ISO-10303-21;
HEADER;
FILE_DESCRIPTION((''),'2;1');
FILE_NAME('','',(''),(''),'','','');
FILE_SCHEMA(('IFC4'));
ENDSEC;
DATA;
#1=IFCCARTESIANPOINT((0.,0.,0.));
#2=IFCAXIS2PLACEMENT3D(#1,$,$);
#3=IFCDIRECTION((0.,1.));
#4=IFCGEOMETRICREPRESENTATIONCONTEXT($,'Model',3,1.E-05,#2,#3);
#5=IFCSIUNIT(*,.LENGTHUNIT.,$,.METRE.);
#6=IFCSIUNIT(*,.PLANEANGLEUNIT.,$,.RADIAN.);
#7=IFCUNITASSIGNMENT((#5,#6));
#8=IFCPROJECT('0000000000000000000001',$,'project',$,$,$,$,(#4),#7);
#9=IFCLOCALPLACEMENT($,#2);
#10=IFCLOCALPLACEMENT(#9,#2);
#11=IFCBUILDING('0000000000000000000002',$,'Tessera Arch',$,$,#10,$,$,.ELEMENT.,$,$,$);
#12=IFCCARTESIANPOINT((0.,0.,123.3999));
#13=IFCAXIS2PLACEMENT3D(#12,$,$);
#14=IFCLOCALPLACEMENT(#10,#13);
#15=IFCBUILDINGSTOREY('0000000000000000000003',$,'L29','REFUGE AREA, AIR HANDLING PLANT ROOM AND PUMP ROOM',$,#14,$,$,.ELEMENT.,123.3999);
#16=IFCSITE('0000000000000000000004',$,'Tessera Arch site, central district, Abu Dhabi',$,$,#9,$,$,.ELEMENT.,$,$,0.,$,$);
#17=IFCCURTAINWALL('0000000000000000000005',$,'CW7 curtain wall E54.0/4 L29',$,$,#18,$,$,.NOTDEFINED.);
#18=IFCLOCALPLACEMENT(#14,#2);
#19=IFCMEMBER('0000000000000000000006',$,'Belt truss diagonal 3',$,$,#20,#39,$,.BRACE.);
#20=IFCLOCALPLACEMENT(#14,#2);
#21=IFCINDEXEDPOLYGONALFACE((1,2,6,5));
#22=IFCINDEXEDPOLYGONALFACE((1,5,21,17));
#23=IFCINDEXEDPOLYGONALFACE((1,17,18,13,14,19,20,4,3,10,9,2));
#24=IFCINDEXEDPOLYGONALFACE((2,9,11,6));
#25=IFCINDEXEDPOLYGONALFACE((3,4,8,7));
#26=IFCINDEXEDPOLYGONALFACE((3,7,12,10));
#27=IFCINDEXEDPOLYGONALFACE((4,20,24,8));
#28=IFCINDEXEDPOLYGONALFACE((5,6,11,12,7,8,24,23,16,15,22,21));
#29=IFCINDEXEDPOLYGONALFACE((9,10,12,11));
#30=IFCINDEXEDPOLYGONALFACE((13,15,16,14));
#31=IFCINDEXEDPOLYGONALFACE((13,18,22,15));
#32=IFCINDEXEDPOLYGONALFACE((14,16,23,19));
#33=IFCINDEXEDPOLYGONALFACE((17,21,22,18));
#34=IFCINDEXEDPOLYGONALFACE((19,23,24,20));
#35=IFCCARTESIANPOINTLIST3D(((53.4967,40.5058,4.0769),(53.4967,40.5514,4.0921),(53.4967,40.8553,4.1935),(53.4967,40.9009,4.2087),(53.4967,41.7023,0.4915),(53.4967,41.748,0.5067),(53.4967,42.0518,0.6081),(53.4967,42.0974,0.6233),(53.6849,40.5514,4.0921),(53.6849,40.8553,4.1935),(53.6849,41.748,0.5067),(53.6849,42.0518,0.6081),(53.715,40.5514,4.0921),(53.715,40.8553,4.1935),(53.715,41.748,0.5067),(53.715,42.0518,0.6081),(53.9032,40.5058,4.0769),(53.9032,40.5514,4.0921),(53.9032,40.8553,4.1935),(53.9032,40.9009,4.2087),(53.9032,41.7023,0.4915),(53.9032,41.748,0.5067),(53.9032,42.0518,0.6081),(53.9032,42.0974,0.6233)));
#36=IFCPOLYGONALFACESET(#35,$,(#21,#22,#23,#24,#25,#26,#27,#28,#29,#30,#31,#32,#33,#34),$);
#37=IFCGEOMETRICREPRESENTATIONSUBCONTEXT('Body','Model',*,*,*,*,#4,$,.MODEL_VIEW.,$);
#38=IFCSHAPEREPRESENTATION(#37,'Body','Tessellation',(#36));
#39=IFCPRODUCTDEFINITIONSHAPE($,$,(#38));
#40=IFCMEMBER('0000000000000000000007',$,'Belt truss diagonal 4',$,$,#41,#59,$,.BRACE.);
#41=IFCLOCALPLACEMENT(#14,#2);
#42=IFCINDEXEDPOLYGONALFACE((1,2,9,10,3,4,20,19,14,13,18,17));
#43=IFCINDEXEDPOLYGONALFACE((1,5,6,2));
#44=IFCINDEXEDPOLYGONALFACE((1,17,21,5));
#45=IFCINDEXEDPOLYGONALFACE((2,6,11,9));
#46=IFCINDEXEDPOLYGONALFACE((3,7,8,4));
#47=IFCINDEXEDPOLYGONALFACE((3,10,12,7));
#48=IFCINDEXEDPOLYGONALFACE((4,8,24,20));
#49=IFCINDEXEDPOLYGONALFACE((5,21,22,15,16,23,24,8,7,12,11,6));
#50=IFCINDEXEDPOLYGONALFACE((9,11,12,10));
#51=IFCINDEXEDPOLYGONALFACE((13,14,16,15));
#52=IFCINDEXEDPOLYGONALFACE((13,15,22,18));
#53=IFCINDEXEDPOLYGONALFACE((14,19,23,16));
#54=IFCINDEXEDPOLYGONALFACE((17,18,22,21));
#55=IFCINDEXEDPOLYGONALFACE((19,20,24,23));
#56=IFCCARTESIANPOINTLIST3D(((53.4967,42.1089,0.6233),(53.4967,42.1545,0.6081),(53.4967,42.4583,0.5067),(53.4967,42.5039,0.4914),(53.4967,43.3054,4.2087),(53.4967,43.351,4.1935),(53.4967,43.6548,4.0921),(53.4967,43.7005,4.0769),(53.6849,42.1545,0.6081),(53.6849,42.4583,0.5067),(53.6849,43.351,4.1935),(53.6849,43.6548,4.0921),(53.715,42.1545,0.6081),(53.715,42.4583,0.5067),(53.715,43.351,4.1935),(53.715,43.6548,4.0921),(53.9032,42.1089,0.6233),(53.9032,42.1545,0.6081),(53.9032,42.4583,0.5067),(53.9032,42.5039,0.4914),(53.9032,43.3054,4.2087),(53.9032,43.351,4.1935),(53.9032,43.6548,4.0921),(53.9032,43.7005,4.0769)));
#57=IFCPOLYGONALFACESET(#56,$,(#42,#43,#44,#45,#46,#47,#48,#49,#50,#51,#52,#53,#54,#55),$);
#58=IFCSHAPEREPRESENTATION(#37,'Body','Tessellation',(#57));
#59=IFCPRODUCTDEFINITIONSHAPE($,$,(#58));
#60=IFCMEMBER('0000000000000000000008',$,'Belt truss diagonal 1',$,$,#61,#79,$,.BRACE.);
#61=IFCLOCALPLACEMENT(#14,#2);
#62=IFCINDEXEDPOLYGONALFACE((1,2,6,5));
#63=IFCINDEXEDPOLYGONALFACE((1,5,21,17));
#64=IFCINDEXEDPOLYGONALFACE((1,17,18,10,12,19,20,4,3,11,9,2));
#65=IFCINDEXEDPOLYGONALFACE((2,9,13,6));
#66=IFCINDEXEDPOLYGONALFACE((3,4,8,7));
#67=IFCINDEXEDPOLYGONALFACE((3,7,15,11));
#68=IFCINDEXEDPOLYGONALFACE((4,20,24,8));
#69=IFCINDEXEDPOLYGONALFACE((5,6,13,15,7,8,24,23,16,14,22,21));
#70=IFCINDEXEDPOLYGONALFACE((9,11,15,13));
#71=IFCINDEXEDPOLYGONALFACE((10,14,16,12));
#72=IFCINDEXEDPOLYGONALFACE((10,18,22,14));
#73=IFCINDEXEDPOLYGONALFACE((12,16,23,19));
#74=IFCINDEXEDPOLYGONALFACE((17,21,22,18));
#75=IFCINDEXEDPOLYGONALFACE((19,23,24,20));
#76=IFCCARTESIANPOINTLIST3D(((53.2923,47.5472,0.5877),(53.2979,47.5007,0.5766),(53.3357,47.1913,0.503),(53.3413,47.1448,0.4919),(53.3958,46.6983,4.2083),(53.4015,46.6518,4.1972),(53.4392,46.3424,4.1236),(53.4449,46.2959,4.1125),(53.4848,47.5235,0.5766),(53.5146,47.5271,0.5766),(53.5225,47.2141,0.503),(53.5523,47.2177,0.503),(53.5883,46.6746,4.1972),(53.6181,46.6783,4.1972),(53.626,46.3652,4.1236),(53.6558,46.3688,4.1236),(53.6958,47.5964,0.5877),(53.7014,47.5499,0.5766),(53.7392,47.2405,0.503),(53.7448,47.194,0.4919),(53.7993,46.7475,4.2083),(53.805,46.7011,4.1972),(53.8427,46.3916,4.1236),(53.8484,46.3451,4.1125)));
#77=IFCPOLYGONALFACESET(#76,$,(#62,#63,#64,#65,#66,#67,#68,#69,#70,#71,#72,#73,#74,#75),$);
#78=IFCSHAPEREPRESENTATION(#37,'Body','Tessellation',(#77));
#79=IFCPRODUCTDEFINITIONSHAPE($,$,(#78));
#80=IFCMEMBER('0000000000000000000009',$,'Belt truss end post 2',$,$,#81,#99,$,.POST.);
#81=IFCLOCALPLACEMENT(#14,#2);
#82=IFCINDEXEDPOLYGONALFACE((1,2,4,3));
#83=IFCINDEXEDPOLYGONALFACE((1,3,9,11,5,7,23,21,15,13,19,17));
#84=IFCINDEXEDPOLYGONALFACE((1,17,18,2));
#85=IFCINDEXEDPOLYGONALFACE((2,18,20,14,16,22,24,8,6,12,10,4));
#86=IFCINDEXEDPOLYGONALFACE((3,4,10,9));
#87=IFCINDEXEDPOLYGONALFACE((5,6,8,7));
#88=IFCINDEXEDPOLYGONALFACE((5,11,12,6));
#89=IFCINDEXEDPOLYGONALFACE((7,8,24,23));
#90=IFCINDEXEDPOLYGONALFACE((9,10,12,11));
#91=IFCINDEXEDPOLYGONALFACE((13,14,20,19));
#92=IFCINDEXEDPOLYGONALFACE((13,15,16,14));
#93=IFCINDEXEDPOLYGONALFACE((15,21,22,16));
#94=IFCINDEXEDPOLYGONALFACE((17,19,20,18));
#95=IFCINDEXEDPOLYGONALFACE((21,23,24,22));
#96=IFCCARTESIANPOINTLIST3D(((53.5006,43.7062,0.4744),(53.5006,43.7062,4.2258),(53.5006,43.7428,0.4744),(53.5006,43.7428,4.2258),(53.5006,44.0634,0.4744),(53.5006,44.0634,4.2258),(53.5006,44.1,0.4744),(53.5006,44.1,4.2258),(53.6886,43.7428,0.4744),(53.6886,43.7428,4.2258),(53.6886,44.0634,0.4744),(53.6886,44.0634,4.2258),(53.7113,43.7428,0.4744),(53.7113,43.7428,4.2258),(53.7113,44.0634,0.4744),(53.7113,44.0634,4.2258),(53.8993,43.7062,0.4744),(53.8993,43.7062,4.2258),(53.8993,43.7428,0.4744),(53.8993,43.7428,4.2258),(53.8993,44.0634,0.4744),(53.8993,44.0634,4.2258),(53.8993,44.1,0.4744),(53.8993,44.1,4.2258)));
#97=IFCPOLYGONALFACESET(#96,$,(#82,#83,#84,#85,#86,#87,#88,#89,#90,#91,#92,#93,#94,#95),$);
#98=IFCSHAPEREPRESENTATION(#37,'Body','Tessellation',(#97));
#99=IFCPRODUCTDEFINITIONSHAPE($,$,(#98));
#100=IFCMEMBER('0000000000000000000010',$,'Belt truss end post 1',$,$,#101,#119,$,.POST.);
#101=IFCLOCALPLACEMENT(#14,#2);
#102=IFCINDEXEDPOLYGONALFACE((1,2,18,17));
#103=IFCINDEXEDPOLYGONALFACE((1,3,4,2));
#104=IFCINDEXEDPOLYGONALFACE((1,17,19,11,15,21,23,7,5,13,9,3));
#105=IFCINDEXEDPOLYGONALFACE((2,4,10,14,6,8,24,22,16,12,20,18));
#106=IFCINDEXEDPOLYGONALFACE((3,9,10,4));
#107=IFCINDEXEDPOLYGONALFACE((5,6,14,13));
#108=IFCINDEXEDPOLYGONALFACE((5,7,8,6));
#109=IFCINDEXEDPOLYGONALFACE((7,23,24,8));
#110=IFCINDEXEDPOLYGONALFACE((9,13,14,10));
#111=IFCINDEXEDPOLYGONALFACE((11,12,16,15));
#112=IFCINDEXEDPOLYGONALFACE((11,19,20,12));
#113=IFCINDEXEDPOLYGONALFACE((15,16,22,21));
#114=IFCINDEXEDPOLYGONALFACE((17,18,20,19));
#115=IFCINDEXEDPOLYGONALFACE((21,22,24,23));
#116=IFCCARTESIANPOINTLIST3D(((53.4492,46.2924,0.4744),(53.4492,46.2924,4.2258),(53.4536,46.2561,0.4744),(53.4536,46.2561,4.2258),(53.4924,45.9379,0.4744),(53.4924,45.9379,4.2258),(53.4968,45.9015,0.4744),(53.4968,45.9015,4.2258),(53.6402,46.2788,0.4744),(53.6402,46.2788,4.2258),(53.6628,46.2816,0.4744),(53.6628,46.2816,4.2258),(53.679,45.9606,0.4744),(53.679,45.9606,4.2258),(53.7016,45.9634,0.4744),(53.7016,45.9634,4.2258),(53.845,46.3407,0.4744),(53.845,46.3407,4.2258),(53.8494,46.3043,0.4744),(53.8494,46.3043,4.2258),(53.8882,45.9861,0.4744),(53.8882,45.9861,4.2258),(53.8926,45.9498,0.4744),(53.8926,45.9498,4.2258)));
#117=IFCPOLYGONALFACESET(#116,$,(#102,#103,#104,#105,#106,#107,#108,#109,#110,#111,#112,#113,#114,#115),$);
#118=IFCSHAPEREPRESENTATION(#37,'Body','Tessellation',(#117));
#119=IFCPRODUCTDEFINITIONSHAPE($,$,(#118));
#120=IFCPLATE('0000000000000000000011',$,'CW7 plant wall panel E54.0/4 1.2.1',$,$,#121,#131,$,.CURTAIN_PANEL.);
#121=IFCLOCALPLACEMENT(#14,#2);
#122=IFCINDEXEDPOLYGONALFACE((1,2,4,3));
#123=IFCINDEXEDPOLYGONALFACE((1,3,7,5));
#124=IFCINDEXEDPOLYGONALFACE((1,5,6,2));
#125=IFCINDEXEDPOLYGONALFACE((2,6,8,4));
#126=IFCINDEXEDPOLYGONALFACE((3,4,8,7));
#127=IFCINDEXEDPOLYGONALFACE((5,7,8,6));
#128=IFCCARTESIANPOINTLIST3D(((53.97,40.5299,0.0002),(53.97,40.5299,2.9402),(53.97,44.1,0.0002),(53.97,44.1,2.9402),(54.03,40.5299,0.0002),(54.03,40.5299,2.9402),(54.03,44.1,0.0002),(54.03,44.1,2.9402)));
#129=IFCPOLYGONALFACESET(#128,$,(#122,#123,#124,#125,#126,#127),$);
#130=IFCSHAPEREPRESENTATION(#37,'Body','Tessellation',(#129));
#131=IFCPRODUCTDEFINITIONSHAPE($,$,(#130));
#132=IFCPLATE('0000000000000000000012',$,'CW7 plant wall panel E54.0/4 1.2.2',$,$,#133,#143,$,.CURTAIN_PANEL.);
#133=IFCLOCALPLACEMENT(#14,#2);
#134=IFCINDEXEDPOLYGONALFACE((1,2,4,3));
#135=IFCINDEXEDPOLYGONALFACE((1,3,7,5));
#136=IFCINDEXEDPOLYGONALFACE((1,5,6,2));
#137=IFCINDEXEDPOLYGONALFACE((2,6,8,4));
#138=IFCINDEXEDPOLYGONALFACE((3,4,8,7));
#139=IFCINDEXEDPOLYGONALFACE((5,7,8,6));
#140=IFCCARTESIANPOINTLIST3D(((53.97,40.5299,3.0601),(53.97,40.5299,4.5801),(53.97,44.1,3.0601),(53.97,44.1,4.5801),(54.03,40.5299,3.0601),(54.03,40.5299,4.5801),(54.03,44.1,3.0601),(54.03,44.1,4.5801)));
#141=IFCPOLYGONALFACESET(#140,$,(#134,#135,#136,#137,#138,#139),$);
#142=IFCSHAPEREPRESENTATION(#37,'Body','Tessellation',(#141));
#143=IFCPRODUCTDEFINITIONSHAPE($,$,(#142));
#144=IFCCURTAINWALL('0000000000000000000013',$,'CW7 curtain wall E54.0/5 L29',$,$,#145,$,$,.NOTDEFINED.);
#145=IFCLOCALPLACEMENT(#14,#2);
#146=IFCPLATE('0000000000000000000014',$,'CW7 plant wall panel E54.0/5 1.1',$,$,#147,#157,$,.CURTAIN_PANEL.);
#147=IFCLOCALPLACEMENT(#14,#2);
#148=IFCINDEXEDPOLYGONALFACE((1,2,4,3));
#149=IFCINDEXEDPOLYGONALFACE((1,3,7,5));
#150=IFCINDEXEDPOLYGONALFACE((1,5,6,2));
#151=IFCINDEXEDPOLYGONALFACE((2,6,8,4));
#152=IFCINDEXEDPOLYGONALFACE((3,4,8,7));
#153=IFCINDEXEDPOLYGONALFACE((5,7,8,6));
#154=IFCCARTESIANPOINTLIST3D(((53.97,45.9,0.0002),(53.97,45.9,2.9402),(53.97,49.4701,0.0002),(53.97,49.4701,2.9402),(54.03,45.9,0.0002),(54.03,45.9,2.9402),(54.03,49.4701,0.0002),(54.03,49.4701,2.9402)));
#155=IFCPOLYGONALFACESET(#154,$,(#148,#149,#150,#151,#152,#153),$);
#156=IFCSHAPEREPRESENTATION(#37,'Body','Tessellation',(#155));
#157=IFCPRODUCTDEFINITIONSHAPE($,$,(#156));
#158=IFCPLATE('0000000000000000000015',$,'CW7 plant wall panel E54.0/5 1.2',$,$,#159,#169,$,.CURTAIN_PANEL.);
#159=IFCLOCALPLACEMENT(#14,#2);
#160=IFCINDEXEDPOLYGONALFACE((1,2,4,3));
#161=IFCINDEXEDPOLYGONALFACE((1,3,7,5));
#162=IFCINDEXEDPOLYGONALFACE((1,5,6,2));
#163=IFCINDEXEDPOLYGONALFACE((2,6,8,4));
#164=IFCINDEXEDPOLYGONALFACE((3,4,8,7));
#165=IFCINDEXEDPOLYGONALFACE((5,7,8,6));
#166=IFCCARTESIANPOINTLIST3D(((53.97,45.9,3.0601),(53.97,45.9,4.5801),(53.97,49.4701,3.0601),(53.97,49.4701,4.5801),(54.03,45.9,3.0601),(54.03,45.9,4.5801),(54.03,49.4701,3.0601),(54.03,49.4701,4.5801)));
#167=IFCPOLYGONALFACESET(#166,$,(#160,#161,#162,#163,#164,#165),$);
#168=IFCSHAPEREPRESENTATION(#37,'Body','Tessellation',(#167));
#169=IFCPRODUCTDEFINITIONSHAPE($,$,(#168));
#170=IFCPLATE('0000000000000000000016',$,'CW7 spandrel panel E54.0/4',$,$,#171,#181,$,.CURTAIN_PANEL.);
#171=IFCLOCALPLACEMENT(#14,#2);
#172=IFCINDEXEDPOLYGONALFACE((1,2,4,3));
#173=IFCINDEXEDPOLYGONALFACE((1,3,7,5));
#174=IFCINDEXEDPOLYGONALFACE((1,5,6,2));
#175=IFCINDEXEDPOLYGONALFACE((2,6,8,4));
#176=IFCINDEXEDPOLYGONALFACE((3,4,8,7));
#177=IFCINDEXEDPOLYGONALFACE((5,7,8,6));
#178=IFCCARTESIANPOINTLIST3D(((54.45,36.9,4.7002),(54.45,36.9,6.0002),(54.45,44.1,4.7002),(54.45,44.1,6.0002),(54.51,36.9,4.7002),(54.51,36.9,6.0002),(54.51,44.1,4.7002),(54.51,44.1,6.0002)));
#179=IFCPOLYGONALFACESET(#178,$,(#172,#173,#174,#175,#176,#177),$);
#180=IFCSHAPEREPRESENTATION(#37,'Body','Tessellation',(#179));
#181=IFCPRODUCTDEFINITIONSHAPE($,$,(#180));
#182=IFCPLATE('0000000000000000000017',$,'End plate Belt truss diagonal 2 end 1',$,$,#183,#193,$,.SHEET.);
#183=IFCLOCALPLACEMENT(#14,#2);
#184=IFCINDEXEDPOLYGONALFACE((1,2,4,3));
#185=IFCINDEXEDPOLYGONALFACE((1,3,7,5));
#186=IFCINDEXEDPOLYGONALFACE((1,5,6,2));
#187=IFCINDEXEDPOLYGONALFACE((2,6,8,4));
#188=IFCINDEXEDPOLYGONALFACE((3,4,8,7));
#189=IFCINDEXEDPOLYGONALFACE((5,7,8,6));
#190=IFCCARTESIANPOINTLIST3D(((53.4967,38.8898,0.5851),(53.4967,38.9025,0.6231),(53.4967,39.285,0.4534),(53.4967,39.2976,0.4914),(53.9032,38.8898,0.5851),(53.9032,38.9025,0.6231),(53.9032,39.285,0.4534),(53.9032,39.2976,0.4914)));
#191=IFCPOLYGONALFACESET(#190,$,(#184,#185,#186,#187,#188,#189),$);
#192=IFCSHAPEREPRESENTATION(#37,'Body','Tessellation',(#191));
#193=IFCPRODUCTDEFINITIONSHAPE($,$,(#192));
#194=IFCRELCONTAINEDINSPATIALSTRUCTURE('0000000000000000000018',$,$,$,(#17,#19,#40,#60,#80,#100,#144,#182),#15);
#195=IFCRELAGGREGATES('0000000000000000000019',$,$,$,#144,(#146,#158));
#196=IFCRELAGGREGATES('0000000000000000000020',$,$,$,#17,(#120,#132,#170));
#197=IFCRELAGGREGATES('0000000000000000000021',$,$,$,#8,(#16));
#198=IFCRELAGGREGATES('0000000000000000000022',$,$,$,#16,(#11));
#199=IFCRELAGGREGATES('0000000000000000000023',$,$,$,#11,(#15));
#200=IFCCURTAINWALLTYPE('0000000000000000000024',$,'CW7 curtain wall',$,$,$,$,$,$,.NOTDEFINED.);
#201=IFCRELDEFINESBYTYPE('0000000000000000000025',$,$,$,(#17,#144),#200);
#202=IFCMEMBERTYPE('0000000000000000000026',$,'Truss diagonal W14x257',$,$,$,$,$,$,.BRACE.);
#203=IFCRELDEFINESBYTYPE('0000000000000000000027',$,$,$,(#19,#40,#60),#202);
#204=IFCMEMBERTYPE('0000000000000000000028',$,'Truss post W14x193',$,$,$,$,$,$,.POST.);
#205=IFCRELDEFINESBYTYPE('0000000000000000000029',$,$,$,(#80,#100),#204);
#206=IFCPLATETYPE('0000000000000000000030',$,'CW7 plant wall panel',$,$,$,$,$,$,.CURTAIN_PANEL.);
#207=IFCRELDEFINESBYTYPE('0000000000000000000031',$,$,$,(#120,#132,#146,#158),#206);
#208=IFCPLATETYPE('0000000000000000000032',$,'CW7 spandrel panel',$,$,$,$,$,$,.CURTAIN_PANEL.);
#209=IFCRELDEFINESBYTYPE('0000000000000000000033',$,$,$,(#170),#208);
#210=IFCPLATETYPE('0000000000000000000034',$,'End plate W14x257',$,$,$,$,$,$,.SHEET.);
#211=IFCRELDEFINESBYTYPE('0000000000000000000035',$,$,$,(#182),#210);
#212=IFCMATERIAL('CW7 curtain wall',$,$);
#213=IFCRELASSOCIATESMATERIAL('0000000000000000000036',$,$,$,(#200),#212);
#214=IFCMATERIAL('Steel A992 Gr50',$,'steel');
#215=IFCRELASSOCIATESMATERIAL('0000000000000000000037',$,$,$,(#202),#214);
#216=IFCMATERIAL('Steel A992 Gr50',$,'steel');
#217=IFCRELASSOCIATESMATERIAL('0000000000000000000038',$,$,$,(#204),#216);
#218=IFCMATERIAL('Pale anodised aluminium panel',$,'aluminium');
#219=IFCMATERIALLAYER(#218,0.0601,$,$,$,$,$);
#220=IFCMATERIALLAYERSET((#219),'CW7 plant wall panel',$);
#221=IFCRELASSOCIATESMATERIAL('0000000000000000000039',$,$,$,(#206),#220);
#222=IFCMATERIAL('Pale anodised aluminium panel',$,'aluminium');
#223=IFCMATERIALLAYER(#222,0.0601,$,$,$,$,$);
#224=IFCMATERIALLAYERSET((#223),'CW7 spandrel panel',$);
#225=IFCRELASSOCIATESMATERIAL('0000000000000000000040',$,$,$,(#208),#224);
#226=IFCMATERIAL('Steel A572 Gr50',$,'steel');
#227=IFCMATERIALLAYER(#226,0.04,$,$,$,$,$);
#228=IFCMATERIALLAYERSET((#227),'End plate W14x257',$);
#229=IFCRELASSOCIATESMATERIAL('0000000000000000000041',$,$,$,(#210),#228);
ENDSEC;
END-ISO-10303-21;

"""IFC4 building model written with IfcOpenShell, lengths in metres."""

from ifc_helpers import new_model, si_unit, direction, frame, origin, origin_2d, place, context, subcontext, project, spatial, rectangle, i_section, extrude, material, layer, layer_set, material_profile, profile_set, type_object, element, aggregate, save


model = new_model("IFC4")

# Units and contexts
model_context = context("Model", 3, precision=1e-05, world=origin(), true_north=direction((0.0, 1.0)))
body_context = subcontext(model_context, "Body", "Model", "MODEL_VIEW")
ifc_project = project(units=[si_unit("LENGTHUNIT", "METRE"), si_unit("PLANEANGLEUNIT", "RADIAN")], contexts=[model_context])

# Site, building, storey
site_placement = place(None, origin())
site = spatial("IfcSite", under=ifc_project, at=site_placement, Name="Tessera Arch site, central district, Abu Dhabi", CompositionType="ELEMENT", RefElevation=0.0)
building_placement = place(site_placement, origin())
building = spatial("IfcBuilding", under=site, at=building_placement, Name="Tessera Arch", CompositionType="ELEMENT")
storey_placement = place(building_placement, frame((0.0, 0.0, 123.3999)))
storey = spatial("IfcBuildingStorey", under=building, at=storey_placement, Name="L29", Description="REFUGE AREA, AIR HANDLING PLANT ROOM AND PUMP ROOM", CompositionType="ELEMENT", Elevation=123.3999)

# Curtain wall
ifc_material_1 = material(Name="CW7 curtain wall")
curtain_wall_type = type_object("IfcCurtainWallType", Name="CW7 curtain wall", PredefinedType="NOTDEFINED", material=ifc_material_1)
curtain_wall_1_placement = place(storey_placement, origin())
curtain_wall_1 = element("IfcCurtainWall", 1, at=curtain_wall_1_placement, inside=storey, type_object=curtain_wall_type, Name="CW7 curtain wall E54.0/4 L29", PredefinedType="NOTDEFINED")

# Members
ifc_material_2 = material(Name="Steel A992 Gr50", Category="steel")
ifc_material_profile_1 = material_profile(ifc_material_2, i_section(OverallWidth=0.4065, OverallDepth=0.4165, WebThickness=0.03, FlangeThickness=0.0481, at=origin_2d()), Name="W14x257")
ifc_profile_set_1 = profile_set([ifc_material_profile_1], Name="Steel A992 Gr50")
member_type_1 = type_object("IfcMemberType", Name="Truss diagonal W14x257", PredefinedType="BRACE", material=ifc_profile_set_1)
for number, where, z_axis, x_axis, name in (
    (2, (53.7, 40.7034, 4.1428), (0.0, 0.316557, -0.948573), (-1.0, 0.0, 0.0), "Belt truss diagonal 3"),
    (3, (53.7, 42.3064, 0.5574), (0.0, 0.316557, 0.948573), (-1.0, 0.0, 0.0), "Belt truss diagonal 4"),
):
    element("IfcMember", number, at=place(storey_placement, frame(where, z_axis=z_axis, x_axis=x_axis)), inside=storey, type_object=member_type_1, Name=name, PredefinedType="BRACE", context=body_context, shape_type="SweptSolid", body=[
        extrude(i_section(OverallWidth=0.4065, OverallDepth=0.4165, WebThickness=0.03, FlangeThickness=0.0481, at=origin_2d()), origin(), (0.0, 0.0, 1.0), 3.7798),
    ])
member_1_placement = place(storey_placement, frame((53.6221, 46.5217, 4.1604), z_axis=(-0.027825, 0.228179, -0.973222), x_axis=(-0.992647, -0.121048, 0.0)))
element("IfcMember", 4, at=member_1_placement, inside=storey, type_object=member_type_1, Name="Belt truss diagonal 1", PredefinedType="BRACE", context=body_context, shape_type="SweptSolid", body=[
    extrude(i_section(OverallWidth=0.4065, OverallDepth=0.4165, WebThickness=0.03, FlangeThickness=0.0481, at=origin_2d()), origin(), (0.0, 0.0, 1.0), 3.7202),
])
ifc_material_3 = material(Name="Steel A992 Gr50", Category="steel")
ifc_material_profile_2 = material_profile(ifc_material_3, i_section(OverallWidth=0.3987, OverallDepth=0.3938, WebThickness=0.0227, FlangeThickness=0.0366, at=origin_2d()), Name="W14x193")
ifc_profile_set_2 = profile_set([ifc_material_profile_2], Name="Steel A992 Gr50")
member_type_2 = type_object("IfcMemberType", Name="Truss post W14x193", PredefinedType="POST", material=ifc_profile_set_2)
for number, where, z_axis, x_axis, name in (
    (5, (53.7, 43.9031, 0.4744), (0.0, 0.0, 1.0), (1.0, 0.0, 0.0), "Belt truss end post 2"),
    (6, (53.6709, 46.1211, 0.4744), (0.0, 0.0, 1.0), (0.992658, 0.120952, 0.0), "Belt truss end post 1"),
):
    element("IfcMember", number, at=place(storey_placement, frame(where, z_axis=z_axis, x_axis=x_axis)), inside=storey, type_object=member_type_2, Name=name, PredefinedType="POST", context=body_context, shape_type="SweptSolid", body=[
        extrude(i_section(OverallWidth=0.3987, OverallDepth=0.3938, WebThickness=0.0227, FlangeThickness=0.0366, at=origin_2d()), origin(), (0.0, 0.0, 1.0), 3.7515),
    ])

# Plates
ifc_material_4 = material(Name="Pale anodised aluminium panel", Category="aluminium")
ifc_layer_1 = layer(ifc_material_4, 0.0601)
ifc_layer_set_1 = layer_set([ifc_layer_1], Name="CW7 plant wall panel")
plate_type_1 = type_object("IfcPlateType", Name="CW7 plant wall panel", PredefinedType="CURTAIN_PANEL", material=ifc_layer_set_1)
plate_1_placement = place(storey_placement, frame((54.0, 42.3149, 0.0002), z_axis=(0.0, 0.0, 1.0), x_axis=(0.0, 1.0, 0.0)))
plate_1 = element("IfcPlate", 7, at=plate_1_placement, type_object=plate_type_1, Name="CW7 plant wall panel E54.0/4 1.2.1", PredefinedType="CURTAIN_PANEL", context=body_context, shape_type="SweptSolid", body=[
    extrude(rectangle(XDim=3.5701, YDim=0.0601, at=origin_2d()), origin(), (0.0, 0.0, 1.0), 2.9399),
])
plate_2_placement = place(storey_placement, frame((54.0, 42.3149, 3.0601), z_axis=(0.0, 0.0, 1.0), x_axis=(0.0, 1.0, 0.0)))
plate_2 = element("IfcPlate", 8, at=plate_2_placement, type_object=plate_type_1, Name="CW7 plant wall panel E54.0/4 1.2.2", PredefinedType="CURTAIN_PANEL", context=body_context, shape_type="SweptSolid", body=[
    extrude(rectangle(XDim=3.5701, YDim=0.0601, at=origin_2d()), origin(), (0.0, 0.0, 1.0), 1.52),
])

# Curtain wall, plates
curtain_wall_2_placement = place(storey_placement, origin())
curtain_wall_2 = element("IfcCurtainWall", 9, at=curtain_wall_2_placement, inside=storey, type_object=curtain_wall_type, Name="CW7 curtain wall E54.0/5 L29", PredefinedType="NOTDEFINED")
plate_3_placement = place(storey_placement, frame((54.0, 47.6851, 0.0002), z_axis=(0.0, 0.0, 1.0), x_axis=(0.0, 1.0, 0.0)))
plate_3 = element("IfcPlate", 10, at=plate_3_placement, type_object=plate_type_1, Name="CW7 plant wall panel E54.0/5 1.1", PredefinedType="CURTAIN_PANEL", context=body_context, shape_type="SweptSolid", body=[
    extrude(rectangle(XDim=3.5701, YDim=0.0601, at=origin_2d()), origin(), (0.0, 0.0, 1.0), 2.9399),
])
plate_4_placement = place(storey_placement, frame((54.0, 47.6851, 3.0601), z_axis=(0.0, 0.0, 1.0), x_axis=(0.0, 1.0, 0.0)))
plate_4 = element("IfcPlate", 11, at=plate_4_placement, type_object=plate_type_1, Name="CW7 plant wall panel E54.0/5 1.2", PredefinedType="CURTAIN_PANEL", context=body_context, shape_type="SweptSolid", body=[
    extrude(rectangle(XDim=3.5701, YDim=0.0601, at=origin_2d()), origin(), (0.0, 0.0, 1.0), 1.52),
])
aggregate(curtain_wall_2, [plate_3, plate_4])

# Plate
ifc_material_5 = material(Name="Pale anodised aluminium panel", Category="aluminium")
ifc_layer_2 = layer(ifc_material_5, 0.0601)
ifc_layer_set_2 = layer_set([ifc_layer_2], Name="CW7 spandrel panel")
plate_type_2 = type_object("IfcPlateType", Name="CW7 spandrel panel", PredefinedType="CURTAIN_PANEL", material=ifc_layer_set_2)
plate_5_placement = place(storey_placement, frame((54.48, 40.5, 4.7002), z_axis=(0.0, 0.0, 1.0), x_axis=(0.0, 1.0, 0.0)))
plate_5 = element("IfcPlate", 12, at=plate_5_placement, type_object=plate_type_2, Name="CW7 spandrel panel E54.0/4", PredefinedType="CURTAIN_PANEL", context=body_context, shape_type="SweptSolid", body=[
    extrude(rectangle(XDim=7.2, YDim=0.0601, at=origin_2d()), origin(), (0.0, 0.0, 1.0), 1.3),
])
aggregate(curtain_wall_1, [plate_1, plate_2, plate_5])

# Plate
ifc_material_6 = material(Name="Steel A572 Gr50", Category="steel")
ifc_layer_3 = layer(ifc_material_6, 0.04)
ifc_layer_set_3 = layer_set([ifc_layer_3], Name="End plate W14x257")
plate_type_3 = type_object("IfcPlateType", Name="End plate W14x257", PredefinedType="SHEET", material=ifc_layer_set_3)
for number, where, z_axis, x_axis, name in (
    (13, (53.7, 39.0874, 0.5193), (0.0, 0.316228, 0.948683), (-1.0, 0.0, 0.0), "End plate Belt truss diagonal 2 end 1"),
):
    element("IfcPlate", number, at=place(storey_placement, frame(where, z_axis=z_axis, x_axis=x_axis)), inside=storey, type_object=plate_type_3, Name=name, PredefinedType="SHEET", context=body_context, shape_type="SweptSolid", body=[
        extrude(rectangle(XDim=0.4065, YDim=0.4165, at=origin_2d()), origin(), (0.0, 0.0, 1.0), 0.04),
    ])

save(model, "model.ifc")
